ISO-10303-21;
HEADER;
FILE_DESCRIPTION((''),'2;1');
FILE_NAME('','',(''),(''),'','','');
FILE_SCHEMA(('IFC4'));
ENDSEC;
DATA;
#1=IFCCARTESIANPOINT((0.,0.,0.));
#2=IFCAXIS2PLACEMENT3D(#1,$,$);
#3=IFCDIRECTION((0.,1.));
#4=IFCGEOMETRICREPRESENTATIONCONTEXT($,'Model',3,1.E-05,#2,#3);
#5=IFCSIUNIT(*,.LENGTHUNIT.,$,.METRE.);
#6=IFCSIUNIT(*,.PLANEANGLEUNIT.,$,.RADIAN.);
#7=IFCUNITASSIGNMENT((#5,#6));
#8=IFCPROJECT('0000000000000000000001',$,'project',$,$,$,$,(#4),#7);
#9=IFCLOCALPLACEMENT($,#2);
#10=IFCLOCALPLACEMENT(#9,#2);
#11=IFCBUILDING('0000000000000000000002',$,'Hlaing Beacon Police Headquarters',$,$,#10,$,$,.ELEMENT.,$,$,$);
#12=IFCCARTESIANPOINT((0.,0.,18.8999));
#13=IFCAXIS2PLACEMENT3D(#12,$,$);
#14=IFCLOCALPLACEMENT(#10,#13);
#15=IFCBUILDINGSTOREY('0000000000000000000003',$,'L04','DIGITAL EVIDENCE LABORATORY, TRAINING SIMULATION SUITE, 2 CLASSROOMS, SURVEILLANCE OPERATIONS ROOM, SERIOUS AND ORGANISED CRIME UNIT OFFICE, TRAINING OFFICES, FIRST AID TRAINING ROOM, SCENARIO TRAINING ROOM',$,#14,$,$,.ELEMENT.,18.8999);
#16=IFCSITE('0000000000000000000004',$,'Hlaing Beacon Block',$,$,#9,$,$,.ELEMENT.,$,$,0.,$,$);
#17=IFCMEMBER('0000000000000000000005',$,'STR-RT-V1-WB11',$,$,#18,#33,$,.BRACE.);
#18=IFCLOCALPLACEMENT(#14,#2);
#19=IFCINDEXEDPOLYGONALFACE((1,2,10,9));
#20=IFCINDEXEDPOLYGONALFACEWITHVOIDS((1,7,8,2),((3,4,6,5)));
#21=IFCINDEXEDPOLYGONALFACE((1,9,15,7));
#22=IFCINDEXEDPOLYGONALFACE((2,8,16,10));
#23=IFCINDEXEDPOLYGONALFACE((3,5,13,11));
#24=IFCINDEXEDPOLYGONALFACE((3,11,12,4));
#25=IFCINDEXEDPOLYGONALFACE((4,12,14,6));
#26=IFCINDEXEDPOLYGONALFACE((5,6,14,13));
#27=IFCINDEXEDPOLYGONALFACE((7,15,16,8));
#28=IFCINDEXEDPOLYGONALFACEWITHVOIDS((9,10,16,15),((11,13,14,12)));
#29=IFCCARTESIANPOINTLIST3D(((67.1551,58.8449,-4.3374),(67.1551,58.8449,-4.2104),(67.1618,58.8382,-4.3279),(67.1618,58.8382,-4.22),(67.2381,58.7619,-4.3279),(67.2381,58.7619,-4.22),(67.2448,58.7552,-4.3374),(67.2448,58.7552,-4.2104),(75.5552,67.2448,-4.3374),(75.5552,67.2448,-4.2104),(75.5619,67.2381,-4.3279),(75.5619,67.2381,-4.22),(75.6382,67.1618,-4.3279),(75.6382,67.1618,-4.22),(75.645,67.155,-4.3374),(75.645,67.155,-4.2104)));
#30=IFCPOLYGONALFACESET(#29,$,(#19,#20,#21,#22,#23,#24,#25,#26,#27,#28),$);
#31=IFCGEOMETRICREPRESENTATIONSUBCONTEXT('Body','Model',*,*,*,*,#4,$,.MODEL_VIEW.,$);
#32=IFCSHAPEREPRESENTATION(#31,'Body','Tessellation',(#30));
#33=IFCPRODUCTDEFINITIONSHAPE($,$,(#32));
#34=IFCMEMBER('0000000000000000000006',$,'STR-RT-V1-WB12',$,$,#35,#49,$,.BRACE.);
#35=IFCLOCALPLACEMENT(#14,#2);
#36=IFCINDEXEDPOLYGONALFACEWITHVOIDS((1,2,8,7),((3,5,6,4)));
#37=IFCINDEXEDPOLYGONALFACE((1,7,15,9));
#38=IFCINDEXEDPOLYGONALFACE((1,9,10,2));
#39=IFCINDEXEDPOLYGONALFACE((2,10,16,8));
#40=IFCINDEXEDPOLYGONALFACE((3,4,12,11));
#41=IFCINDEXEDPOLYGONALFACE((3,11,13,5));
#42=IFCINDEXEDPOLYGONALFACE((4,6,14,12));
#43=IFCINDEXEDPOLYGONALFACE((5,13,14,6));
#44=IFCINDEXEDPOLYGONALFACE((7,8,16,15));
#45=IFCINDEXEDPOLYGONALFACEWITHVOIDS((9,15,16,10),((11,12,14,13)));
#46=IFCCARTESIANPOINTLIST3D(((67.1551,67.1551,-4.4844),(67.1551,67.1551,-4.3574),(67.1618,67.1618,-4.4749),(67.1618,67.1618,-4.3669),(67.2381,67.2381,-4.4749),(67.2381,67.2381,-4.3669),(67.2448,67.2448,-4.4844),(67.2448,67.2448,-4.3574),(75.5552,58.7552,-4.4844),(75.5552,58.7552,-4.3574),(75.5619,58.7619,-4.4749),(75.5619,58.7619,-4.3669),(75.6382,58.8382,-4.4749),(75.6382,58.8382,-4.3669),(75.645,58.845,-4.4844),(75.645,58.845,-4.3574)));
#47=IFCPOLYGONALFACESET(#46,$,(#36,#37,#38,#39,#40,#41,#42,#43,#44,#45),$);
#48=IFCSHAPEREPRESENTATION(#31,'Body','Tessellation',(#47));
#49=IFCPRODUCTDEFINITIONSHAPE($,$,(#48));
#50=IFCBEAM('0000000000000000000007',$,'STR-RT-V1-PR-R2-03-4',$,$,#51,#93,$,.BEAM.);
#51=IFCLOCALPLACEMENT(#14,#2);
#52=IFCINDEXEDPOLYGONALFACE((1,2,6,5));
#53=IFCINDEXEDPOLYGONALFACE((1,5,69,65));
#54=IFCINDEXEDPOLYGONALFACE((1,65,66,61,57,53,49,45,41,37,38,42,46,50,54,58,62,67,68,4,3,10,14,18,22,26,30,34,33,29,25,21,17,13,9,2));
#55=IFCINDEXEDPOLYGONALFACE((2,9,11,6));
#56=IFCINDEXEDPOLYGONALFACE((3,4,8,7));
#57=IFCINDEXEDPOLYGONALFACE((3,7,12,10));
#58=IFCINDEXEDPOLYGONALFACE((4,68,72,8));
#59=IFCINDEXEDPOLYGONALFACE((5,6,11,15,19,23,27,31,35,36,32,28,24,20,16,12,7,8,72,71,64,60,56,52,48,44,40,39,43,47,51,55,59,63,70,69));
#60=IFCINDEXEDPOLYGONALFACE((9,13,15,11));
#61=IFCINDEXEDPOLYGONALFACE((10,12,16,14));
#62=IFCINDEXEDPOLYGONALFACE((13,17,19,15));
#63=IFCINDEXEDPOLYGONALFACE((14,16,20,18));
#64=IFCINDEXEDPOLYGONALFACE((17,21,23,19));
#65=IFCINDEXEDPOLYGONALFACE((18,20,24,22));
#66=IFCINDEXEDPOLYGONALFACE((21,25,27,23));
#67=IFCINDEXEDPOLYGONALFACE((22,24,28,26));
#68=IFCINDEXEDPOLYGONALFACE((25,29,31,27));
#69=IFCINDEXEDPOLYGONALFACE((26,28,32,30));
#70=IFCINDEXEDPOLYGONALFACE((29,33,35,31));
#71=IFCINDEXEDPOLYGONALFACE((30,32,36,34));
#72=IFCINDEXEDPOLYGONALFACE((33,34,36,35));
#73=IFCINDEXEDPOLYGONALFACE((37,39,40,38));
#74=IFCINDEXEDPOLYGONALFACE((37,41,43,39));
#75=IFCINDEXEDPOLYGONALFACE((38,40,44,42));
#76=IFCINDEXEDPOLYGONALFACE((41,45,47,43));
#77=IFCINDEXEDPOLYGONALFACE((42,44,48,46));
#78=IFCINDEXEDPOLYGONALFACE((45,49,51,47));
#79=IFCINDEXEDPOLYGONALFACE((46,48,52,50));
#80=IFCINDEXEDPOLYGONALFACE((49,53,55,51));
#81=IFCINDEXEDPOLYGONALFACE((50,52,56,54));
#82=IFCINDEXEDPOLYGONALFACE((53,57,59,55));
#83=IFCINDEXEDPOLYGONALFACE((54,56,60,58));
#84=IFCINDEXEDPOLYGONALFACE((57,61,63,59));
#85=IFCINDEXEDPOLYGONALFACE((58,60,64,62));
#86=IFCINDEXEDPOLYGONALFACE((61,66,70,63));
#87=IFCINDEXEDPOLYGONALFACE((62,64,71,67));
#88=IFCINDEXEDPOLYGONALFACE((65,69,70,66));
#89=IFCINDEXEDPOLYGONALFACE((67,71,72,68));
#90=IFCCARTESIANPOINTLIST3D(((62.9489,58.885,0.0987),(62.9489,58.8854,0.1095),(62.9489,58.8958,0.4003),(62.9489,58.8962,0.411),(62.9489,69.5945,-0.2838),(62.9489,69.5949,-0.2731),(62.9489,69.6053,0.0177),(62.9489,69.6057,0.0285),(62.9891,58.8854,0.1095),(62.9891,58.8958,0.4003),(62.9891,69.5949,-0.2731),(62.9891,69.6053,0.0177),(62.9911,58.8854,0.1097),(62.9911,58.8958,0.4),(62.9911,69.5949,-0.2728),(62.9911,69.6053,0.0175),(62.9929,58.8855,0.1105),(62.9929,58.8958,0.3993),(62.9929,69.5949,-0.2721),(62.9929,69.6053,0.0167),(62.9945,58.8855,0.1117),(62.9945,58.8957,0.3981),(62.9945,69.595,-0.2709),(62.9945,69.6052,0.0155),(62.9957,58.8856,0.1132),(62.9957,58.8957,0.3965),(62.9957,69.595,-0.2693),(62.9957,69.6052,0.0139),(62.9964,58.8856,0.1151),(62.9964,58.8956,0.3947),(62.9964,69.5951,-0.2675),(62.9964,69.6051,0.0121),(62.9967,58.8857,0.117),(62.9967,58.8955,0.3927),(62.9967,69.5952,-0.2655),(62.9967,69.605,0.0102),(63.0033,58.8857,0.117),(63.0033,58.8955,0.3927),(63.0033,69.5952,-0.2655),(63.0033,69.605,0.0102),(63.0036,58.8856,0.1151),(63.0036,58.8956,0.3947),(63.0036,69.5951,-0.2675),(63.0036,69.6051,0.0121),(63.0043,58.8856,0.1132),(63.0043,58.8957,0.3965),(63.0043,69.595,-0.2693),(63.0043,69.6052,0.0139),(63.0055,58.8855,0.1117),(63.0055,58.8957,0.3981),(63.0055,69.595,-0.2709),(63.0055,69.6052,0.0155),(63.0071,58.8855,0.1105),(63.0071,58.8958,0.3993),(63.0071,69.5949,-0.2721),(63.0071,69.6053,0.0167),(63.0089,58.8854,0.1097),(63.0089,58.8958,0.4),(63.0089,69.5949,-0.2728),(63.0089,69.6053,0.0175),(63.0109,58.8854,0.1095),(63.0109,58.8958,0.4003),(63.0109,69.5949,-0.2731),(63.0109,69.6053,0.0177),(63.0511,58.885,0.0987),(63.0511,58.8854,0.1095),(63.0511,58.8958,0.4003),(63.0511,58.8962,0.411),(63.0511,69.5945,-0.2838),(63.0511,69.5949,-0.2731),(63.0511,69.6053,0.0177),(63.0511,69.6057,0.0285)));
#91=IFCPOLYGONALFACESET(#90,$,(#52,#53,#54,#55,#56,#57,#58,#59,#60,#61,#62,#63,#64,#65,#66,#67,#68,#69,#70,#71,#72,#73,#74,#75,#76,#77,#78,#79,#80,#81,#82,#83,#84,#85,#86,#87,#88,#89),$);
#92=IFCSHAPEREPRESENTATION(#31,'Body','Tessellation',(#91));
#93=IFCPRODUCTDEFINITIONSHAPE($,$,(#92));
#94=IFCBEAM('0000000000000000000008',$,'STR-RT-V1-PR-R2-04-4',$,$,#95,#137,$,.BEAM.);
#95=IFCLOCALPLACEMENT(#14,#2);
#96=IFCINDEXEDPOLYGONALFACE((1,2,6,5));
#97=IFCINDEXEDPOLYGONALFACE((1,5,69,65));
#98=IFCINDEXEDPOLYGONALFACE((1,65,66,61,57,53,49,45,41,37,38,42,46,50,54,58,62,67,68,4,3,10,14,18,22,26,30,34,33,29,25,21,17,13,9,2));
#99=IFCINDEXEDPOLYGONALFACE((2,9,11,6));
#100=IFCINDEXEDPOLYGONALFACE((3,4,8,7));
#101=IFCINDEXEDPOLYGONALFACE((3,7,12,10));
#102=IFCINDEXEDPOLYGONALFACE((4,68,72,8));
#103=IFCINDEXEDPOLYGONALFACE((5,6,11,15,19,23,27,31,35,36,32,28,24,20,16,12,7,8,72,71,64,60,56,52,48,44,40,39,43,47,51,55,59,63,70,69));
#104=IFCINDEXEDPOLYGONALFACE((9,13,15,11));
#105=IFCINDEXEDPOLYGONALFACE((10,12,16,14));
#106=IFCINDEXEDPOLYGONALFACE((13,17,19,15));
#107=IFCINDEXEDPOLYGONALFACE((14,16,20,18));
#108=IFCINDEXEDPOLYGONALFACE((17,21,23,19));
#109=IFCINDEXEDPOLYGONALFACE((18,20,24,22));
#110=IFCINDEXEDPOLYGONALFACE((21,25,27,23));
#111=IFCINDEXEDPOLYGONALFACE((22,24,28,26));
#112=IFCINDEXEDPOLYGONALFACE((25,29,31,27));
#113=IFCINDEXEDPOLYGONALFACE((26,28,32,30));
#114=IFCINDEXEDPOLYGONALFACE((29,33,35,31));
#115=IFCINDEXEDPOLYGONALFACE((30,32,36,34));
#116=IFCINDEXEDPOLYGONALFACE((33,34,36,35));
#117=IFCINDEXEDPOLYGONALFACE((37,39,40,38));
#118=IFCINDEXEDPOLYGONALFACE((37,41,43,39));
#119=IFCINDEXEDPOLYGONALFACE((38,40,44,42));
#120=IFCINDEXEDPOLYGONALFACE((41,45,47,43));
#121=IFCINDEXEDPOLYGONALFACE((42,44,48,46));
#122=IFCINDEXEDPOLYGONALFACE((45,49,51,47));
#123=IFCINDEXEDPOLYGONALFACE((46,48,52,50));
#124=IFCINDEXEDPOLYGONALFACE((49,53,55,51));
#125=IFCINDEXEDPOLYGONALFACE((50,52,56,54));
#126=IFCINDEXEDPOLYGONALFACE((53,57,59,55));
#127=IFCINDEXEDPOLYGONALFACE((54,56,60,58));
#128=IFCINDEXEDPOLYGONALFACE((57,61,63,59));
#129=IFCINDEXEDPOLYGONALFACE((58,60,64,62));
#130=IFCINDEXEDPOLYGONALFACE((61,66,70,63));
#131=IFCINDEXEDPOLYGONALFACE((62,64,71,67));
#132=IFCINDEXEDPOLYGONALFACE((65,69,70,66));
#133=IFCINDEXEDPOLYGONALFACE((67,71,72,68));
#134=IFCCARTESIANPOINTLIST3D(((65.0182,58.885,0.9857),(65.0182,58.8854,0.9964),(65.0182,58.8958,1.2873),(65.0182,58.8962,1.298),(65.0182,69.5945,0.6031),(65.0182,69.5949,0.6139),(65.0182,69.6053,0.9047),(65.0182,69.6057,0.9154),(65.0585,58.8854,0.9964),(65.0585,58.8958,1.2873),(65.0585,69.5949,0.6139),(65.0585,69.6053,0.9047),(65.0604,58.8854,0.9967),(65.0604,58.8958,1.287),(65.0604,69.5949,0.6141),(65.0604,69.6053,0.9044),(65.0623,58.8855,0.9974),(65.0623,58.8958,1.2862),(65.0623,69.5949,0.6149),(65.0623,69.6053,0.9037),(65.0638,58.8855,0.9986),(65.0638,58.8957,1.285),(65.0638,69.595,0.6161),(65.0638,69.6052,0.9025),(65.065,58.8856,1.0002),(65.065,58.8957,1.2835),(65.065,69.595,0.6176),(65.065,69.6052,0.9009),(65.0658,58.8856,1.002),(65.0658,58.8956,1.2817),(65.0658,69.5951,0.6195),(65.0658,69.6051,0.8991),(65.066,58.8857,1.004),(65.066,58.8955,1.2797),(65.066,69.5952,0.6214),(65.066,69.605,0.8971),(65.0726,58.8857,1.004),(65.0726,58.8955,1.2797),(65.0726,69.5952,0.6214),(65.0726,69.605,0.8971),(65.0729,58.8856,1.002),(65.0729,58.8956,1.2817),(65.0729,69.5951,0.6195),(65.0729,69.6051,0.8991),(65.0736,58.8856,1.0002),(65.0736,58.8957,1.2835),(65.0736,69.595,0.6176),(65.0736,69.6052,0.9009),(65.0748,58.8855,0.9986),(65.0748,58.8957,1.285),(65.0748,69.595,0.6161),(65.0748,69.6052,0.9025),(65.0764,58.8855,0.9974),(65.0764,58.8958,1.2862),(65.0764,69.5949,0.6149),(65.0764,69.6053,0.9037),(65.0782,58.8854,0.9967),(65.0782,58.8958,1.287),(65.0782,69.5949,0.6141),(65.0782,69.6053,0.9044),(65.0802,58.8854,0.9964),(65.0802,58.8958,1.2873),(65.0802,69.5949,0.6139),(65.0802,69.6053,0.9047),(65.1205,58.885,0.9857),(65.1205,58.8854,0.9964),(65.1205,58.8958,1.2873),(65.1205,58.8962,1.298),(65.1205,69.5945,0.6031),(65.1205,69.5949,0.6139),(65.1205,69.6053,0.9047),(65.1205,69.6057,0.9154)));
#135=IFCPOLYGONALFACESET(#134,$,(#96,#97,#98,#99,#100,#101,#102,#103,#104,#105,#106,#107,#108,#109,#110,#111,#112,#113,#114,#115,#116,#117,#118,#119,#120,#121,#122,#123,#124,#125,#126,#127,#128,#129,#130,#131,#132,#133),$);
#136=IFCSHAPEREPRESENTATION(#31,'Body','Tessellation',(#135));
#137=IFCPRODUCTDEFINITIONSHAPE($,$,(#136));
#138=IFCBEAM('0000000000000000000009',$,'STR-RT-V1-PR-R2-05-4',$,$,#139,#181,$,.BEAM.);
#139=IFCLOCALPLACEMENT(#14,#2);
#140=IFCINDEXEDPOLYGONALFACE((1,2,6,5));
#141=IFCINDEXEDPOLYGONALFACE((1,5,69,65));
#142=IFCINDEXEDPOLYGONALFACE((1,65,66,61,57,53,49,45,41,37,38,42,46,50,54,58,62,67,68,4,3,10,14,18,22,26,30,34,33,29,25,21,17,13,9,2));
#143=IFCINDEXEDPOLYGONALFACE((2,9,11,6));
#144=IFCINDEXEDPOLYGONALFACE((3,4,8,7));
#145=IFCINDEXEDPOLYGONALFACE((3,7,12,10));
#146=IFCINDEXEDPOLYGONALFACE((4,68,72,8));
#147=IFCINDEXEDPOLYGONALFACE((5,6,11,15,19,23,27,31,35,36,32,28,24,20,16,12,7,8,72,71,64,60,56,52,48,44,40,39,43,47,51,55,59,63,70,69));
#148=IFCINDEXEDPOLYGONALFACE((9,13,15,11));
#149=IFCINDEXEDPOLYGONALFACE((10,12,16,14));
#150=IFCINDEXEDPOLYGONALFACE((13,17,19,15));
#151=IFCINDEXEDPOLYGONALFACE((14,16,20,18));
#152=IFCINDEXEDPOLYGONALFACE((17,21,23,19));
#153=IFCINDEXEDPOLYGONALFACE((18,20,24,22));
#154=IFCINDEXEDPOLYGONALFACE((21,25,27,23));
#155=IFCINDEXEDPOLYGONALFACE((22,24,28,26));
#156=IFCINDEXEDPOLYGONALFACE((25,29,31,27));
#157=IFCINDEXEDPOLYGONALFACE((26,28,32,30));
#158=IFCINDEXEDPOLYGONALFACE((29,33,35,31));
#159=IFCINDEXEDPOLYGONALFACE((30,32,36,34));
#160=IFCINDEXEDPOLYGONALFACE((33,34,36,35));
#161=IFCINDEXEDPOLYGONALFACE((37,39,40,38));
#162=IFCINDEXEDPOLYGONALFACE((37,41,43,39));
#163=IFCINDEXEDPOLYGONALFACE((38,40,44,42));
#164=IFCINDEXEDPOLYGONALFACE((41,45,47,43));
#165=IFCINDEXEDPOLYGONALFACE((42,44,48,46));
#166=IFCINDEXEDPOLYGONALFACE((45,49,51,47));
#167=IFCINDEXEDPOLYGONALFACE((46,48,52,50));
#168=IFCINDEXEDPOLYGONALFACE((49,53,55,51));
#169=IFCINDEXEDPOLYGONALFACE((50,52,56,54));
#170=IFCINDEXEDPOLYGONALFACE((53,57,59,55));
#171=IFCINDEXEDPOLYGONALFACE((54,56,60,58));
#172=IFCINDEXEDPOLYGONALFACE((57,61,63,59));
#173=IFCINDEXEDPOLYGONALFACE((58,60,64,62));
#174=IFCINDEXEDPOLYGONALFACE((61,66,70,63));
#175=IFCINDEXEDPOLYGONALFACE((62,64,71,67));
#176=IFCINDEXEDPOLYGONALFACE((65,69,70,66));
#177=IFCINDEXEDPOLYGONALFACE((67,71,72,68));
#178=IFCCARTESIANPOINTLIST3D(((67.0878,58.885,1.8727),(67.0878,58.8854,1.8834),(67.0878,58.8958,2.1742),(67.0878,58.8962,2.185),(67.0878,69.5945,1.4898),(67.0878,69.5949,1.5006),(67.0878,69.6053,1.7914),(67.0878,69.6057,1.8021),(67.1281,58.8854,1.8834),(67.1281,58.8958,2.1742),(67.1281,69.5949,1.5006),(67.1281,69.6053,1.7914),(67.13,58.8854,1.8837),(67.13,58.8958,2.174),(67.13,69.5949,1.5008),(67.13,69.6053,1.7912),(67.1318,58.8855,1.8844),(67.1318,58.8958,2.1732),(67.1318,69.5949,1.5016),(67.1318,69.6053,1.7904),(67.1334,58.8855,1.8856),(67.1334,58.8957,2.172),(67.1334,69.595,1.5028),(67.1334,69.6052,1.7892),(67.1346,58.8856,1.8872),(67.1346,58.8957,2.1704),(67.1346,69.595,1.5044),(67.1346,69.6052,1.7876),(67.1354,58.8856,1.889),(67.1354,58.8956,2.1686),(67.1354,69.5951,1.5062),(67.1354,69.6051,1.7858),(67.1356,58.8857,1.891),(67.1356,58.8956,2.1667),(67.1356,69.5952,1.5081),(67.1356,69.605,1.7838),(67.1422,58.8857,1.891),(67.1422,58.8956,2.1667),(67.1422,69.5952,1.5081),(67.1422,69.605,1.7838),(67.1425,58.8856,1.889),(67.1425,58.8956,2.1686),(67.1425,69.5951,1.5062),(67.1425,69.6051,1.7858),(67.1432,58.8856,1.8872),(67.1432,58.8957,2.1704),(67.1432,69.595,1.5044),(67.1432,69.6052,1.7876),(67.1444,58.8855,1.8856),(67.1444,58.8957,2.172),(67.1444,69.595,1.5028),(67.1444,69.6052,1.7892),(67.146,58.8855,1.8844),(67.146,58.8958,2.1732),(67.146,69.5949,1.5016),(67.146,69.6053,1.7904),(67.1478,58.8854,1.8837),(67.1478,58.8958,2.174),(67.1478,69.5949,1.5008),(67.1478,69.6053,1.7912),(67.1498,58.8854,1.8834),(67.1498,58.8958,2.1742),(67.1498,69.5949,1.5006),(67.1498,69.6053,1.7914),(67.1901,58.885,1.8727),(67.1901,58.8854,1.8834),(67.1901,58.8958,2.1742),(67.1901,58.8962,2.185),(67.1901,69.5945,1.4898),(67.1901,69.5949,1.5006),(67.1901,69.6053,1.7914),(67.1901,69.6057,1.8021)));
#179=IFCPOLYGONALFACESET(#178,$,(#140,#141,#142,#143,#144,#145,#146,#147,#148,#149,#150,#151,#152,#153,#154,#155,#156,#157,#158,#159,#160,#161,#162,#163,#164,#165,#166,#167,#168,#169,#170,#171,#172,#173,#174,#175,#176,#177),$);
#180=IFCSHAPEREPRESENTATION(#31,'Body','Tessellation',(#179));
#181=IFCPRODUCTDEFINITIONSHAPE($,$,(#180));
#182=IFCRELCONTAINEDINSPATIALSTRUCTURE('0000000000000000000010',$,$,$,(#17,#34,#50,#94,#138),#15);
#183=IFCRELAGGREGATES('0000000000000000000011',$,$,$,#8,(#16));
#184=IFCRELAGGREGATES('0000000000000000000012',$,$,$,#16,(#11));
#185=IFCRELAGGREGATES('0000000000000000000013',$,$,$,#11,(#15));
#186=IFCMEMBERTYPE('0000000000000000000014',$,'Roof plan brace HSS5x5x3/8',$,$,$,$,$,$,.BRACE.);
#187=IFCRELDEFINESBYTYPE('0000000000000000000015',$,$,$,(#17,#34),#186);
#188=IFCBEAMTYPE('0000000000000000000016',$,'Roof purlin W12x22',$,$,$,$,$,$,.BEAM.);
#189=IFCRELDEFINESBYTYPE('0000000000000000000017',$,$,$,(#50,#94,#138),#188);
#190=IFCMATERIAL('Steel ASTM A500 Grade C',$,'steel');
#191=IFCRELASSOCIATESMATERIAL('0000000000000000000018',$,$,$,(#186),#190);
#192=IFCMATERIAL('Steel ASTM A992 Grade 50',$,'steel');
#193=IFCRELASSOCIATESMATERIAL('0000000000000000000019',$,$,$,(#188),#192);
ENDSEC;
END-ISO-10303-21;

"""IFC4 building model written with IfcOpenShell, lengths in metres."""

from ifc_helpers import new_model, si_unit, direction, frame, origin, origin_2d, place, context, subcontext, project, spatial, hollow_rectangle, i_section, extrude, material, material_profile, profile_set, type_object, element, save


model = new_model("IFC4")

# Units and contexts
model_context = context("Model", 3, precision=1e-05, world=origin(), true_north=direction((0.0, 1.0)))
body_context = subcontext(model_context, "Body", "Model", "MODEL_VIEW")
ifc_project = project(units=[si_unit("LENGTHUNIT", "METRE"), si_unit("PLANEANGLEUNIT", "RADIAN")], contexts=[model_context])

# Site, building, storey
site_placement = place(None, origin())
site = spatial("IfcSite", under=ifc_project, at=site_placement, Name="Hlaing Beacon Block", CompositionType="ELEMENT", RefElevation=0.0)
building_placement = place(site_placement, origin())
building = spatial("IfcBuilding", under=site, at=building_placement, Name="Hlaing Beacon Police Headquarters", CompositionType="ELEMENT")
storey_placement = place(building_placement, frame((0.0, 0.0, 18.8999)))
storey = spatial("IfcBuildingStorey", under=building, at=storey_placement, Name="L04", Description="DIGITAL EVIDENCE LABORATORY, TRAINING SIMULATION SUITE, 2 CLASSROOMS, SURVEILLANCE OPERATIONS ROOM, SERIOUS AND ORGANISED CRIME UNIT OFFICE, TRAINING OFFICES, FIRST AID TRAINING ROOM, SCENARIO TRAINING ROOM", CompositionType="ELEMENT", Elevation=18.8999)

# Members
ifc_material_1 = material(Name="Steel ASTM A500 Grade C", Category="steel")
ifc_material_profile_1 = material_profile(ifc_material_1, hollow_rectangle(XDim=0.127, YDim=0.127, WallThickness=0.0095, at=origin_2d()), Name="HSS5x5x3/8")
ifc_profile_set_1 = profile_set([ifc_material_profile_1], Name="Steel ASTM A500 Grade C")
member_type_1 = type_object("IfcMemberType", Name="Roof plan brace HSS5x5x3/8", PredefinedType="BRACE", material=ifc_profile_set_1)
for number, where, z_axis, x_axis, name in (
    (1, (67.2, 58.8, -4.2739), (0.707117, 0.707097, 0.0), (-0.707097, 0.707117, 0.0), "STR-RT-V1-WB11"),
    (2, (67.2, 67.2, -4.4209), (0.707117, -0.707097, 0.0), (0.707097, 0.707117, 0.0), "STR-RT-V1-WB12"),
):
    element("IfcMember", number, at=place(storey_placement, frame(where, z_axis=z_axis, x_axis=x_axis)), inside=storey, type_object=member_type_1, Name=name, PredefinedType="BRACE", context=body_context, shape_type="SweptSolid", body=[
        extrude(hollow_rectangle(XDim=0.127, YDim=0.127, WallThickness=0.0095, at=origin_2d()), origin(), (0.0, 0.0, 1.0), 11.8794),
    ])

# Beams
ifc_material_2 = material(Name="Steel ASTM A992 Grade 50", Category="steel")
ifc_material_profile_2 = material_profile(ifc_material_2, i_section(OverallWidth=0.1023, OverallDepth=0.3125, WebThickness=0.0066, FlangeThickness=0.0107, FilletRadius=0.0076, at=origin_2d()), Name="W12x22")
ifc_profile_set_2 = profile_set([ifc_material_profile_2], Name="Steel ASTM A992 Grade 50")
beam_type_1 = type_object("IfcBeamType", Name="Roof purlin W12x22", PredefinedType="BEAM", material=ifc_profile_set_2)
for number, where, z_axis, x_axis, name in (
    (3, (63.0, 58.8906, 0.2549), (0.0, 0.999363, -0.0357), (-1.0, 0.0, 0.0), "STR-RT-V1-PR-R2-03-4"),
    (4, (65.0693, 58.8906, 1.1418), (0.0, 0.999363, -0.0357), (-1.0, 0.0, 0.0), "STR-RT-V1-PR-R2-04-4"),
    (5, (67.1389, 58.8906, 2.0288), (0.0, 0.999362, -0.035722), (-1.0, 0.0, 0.0), "STR-RT-V1-PR-R2-05-4"),
):
    element("IfcBeam", number, at=place(storey_placement, frame(where, z_axis=z_axis, x_axis=x_axis)), inside=storey, type_object=beam_type_1, Name=name, PredefinedType="BEAM", context=body_context, shape_type="SweptSolid", body=[
        extrude(i_section(OverallWidth=0.1023, OverallDepth=0.3125, WebThickness=0.0066, FlangeThickness=0.0107, FilletRadius=0.0076, at=origin_2d()), origin(), (0.0, 0.0, 1.0), 10.7163),
    ])

save(model, "model.ifc")
